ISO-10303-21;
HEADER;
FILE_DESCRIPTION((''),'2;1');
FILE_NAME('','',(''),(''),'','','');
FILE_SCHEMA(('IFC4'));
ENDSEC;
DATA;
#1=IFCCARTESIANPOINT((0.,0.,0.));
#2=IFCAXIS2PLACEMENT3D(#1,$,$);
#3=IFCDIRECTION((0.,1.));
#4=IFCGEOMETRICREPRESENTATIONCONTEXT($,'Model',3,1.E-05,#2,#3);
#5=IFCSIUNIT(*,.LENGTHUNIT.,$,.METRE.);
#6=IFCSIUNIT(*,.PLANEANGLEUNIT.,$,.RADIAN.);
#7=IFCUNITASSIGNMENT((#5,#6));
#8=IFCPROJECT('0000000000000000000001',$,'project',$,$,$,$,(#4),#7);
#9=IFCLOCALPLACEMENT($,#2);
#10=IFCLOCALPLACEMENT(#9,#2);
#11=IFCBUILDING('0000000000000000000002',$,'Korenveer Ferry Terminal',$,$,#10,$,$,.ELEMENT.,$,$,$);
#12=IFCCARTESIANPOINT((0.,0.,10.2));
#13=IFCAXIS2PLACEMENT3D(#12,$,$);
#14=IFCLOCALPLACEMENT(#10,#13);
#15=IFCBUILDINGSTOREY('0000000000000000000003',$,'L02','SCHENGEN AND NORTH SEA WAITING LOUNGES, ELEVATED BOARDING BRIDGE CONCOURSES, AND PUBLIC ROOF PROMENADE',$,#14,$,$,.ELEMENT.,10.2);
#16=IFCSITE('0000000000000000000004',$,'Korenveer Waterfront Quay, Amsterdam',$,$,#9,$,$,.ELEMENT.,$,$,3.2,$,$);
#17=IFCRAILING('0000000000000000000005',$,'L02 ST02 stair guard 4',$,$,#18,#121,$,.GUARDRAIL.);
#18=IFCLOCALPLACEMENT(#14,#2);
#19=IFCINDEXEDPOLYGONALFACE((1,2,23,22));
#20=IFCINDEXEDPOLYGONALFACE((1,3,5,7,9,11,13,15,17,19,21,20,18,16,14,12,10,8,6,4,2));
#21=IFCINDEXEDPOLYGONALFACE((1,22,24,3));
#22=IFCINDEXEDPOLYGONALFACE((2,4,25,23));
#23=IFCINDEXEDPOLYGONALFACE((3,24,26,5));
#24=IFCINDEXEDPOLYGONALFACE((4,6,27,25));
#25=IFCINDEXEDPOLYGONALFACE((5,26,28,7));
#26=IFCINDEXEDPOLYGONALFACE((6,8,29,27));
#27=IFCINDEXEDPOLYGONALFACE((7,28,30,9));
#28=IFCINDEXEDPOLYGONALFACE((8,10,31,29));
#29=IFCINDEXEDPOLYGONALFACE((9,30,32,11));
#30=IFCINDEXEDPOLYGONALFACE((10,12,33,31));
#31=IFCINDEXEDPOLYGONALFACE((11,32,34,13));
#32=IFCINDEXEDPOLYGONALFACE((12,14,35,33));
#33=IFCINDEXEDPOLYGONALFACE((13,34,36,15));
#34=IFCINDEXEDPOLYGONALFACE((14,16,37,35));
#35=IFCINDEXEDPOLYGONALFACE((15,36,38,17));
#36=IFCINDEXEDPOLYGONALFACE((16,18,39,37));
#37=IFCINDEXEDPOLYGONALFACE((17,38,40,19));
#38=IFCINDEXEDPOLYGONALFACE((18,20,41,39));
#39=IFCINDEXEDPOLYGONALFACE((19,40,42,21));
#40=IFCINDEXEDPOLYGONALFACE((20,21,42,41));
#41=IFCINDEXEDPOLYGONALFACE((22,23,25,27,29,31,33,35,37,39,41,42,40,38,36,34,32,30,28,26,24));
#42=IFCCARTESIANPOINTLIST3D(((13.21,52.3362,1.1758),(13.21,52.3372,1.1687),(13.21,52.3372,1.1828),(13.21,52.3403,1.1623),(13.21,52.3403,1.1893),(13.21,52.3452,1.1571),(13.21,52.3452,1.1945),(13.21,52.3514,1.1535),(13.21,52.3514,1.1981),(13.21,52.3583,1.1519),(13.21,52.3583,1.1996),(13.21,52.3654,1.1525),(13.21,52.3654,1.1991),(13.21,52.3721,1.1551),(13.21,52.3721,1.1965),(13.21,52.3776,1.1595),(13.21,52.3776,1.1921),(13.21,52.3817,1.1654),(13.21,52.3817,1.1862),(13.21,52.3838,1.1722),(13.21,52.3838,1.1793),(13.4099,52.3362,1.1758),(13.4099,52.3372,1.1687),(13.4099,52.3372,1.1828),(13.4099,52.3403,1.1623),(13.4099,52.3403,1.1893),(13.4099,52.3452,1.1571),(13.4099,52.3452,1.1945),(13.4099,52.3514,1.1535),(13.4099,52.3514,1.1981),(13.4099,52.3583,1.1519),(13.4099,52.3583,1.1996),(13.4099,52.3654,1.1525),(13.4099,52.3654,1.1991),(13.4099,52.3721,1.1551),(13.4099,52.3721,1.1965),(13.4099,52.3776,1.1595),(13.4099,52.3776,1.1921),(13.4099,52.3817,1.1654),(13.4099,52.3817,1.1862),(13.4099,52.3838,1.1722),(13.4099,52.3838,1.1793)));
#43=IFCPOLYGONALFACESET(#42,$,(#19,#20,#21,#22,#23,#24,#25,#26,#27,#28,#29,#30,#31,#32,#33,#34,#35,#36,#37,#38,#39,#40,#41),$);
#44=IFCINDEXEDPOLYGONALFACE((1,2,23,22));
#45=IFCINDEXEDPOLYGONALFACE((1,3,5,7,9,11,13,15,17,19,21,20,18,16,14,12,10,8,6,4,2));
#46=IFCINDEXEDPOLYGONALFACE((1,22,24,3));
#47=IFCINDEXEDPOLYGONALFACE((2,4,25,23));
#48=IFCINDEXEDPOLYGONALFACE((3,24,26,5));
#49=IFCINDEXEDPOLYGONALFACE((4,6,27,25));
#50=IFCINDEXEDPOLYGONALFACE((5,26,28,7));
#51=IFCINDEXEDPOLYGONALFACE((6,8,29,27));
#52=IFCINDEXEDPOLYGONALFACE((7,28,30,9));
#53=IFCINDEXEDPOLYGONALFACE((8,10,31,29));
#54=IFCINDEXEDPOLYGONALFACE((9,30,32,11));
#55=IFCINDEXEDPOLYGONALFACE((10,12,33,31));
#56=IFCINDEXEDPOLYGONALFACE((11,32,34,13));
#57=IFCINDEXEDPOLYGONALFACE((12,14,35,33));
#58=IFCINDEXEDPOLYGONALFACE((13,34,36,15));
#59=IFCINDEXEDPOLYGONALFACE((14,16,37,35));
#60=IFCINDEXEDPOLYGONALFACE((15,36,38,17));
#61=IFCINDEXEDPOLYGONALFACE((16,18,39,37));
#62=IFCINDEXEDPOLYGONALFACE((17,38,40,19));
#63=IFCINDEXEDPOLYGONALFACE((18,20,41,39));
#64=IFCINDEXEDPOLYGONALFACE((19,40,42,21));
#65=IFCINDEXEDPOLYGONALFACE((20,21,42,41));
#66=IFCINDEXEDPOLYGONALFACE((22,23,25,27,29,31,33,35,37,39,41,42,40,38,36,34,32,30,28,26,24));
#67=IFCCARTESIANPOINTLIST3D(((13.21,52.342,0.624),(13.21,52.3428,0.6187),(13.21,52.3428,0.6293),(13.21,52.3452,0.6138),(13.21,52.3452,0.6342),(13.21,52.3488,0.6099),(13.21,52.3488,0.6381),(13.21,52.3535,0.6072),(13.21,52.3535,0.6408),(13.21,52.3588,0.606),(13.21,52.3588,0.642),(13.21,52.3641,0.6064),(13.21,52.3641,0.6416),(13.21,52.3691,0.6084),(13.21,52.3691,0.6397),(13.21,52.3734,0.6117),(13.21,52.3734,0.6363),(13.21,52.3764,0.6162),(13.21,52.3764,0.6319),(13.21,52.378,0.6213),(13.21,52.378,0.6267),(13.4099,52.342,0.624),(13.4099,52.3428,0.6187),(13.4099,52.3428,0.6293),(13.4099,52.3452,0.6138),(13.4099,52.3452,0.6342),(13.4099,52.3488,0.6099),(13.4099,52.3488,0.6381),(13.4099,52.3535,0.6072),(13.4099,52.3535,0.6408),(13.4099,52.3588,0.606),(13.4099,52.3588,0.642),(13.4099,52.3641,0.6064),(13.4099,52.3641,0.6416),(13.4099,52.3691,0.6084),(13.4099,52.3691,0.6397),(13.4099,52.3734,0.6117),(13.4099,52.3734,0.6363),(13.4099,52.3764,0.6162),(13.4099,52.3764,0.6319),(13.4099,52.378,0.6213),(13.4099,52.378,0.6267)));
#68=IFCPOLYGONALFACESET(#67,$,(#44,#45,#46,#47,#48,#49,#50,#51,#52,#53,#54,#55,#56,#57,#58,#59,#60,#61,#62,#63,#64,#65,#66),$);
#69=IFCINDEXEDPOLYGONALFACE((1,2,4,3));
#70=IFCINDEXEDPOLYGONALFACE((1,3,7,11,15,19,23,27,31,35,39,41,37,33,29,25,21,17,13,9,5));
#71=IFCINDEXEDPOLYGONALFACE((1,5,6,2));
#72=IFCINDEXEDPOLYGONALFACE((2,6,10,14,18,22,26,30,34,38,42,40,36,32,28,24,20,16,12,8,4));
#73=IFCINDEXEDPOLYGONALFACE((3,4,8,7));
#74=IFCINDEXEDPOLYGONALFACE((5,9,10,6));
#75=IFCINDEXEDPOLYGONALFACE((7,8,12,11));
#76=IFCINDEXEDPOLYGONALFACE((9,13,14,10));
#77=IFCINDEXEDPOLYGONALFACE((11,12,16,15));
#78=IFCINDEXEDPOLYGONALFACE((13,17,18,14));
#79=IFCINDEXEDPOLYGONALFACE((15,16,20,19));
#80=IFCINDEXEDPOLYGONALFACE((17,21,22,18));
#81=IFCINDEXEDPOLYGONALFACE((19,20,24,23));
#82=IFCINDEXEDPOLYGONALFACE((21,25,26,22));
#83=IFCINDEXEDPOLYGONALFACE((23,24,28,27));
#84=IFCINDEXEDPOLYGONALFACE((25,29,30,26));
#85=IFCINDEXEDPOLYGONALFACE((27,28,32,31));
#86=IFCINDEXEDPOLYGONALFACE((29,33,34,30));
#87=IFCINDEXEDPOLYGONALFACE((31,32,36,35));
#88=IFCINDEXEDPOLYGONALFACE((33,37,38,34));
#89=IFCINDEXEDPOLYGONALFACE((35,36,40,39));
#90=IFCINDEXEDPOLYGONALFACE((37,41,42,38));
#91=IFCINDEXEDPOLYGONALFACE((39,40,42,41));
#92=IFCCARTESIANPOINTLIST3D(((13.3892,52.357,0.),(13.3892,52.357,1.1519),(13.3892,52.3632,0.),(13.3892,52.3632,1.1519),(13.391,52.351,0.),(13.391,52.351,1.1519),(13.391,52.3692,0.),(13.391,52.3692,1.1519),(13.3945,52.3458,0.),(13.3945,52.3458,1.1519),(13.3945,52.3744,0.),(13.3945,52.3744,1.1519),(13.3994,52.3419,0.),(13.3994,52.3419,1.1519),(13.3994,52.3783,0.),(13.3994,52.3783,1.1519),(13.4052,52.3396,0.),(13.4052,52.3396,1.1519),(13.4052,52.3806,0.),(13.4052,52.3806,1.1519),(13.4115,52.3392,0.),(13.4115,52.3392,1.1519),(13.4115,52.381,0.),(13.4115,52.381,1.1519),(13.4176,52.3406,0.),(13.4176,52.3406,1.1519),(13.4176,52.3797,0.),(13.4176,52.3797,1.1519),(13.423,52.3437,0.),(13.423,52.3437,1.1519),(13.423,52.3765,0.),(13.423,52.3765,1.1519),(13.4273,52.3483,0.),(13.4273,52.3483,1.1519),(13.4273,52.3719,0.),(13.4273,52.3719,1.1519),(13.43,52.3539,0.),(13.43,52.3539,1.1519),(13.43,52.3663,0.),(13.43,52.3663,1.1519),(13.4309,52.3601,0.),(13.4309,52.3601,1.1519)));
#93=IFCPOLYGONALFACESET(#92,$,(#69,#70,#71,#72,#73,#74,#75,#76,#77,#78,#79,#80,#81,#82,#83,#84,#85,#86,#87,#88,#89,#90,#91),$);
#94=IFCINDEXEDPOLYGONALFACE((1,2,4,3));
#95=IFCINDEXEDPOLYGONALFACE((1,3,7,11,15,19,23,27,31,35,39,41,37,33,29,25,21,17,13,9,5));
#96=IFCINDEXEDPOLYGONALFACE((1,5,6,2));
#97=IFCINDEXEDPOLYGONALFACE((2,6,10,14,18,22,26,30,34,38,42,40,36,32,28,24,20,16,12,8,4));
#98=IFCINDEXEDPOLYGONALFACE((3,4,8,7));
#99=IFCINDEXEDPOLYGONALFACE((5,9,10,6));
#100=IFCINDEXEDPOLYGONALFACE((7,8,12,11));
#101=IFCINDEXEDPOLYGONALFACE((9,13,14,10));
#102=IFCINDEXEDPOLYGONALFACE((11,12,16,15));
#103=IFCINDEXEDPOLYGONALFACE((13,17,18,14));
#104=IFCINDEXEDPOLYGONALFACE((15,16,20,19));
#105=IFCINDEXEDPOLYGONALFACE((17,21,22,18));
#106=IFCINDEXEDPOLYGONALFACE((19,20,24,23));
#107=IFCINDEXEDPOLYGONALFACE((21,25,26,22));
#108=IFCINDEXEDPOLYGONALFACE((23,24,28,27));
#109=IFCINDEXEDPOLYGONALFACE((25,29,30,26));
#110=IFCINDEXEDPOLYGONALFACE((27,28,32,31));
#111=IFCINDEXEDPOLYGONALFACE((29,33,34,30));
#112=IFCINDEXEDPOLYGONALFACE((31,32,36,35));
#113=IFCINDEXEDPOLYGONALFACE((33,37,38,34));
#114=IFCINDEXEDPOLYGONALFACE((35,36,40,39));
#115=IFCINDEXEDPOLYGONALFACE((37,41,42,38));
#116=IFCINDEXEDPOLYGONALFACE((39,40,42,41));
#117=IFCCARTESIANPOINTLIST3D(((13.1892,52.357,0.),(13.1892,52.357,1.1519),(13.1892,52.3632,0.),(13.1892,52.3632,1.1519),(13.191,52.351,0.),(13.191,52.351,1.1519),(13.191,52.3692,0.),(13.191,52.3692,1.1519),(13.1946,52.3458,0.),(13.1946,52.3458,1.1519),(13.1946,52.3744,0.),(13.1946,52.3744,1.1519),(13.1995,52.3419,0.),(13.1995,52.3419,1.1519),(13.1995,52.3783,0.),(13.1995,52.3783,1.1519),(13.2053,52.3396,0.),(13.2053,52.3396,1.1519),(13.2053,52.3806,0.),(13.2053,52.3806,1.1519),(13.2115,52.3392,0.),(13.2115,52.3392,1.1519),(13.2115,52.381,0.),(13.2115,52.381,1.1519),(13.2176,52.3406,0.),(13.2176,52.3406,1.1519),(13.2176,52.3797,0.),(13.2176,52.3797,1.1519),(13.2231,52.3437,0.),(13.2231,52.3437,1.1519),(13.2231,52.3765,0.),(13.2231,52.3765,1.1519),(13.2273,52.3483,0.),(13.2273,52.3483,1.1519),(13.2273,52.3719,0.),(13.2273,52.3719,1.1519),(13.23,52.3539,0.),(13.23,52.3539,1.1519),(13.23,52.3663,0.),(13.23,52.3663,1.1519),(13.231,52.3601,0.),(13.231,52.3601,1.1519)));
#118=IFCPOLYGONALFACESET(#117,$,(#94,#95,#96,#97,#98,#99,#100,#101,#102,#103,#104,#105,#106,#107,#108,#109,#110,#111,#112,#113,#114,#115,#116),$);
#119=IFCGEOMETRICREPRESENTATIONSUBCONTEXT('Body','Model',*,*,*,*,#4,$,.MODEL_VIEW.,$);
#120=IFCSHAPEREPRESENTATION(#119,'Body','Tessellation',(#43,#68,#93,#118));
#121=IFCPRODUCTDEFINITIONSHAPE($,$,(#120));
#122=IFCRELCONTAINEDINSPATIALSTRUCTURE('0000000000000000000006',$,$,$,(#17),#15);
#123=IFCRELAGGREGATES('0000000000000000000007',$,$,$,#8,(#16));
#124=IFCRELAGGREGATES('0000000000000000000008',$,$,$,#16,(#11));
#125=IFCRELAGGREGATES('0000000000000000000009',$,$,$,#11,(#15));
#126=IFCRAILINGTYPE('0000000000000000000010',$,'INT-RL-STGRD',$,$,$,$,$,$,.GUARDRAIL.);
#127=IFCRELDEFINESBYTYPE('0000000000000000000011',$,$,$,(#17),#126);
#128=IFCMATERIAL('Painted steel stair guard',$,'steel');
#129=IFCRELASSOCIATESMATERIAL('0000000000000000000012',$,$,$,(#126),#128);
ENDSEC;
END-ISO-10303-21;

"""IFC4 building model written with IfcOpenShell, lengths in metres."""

from ifc_helpers import new_model, si_unit, direction, frame, origin, origin_2d, place, context, subcontext, project, spatial, circle, extrude, material, type_object, element, save


model = new_model("IFC4")

# Units and contexts
model_context = context("Model", 3, precision=1e-05, world=origin(), true_north=direction((0.0, 1.0)))
body_context = subcontext(model_context, "Body", "Model", "MODEL_VIEW")
ifc_project = project(units=[si_unit("LENGTHUNIT", "METRE"), si_unit("PLANEANGLEUNIT", "RADIAN")], contexts=[model_context])

# Site, building, storey
site_placement = place(None, origin())
site = spatial("IfcSite", under=ifc_project, at=site_placement, Name="Korenveer Waterfront Quay, Amsterdam", CompositionType="ELEMENT", RefElevation=3.2)
building_placement = place(site_placement, origin())
building = spatial("IfcBuilding", under=site, at=building_placement, Name="Korenveer Ferry Terminal", CompositionType="ELEMENT")
storey_placement = place(building_placement, frame((0.0, 0.0, 10.2)))
storey = spatial("IfcBuildingStorey", under=building, at=storey_placement, Name="L02", Description="SCHENGEN AND NORTH SEA WAITING LOUNGES, ELEVATED BOARDING BRIDGE CONCOURSES, AND PUBLIC ROOF PROMENADE", CompositionType="ELEMENT", Elevation=10.2)

# Railing
ifc_material_1 = material(Name="Painted steel stair guard", Category="steel")
railing_type_1 = type_object("IfcRailingType", Name="INT-RL-STGRD", PredefinedType="GUARDRAIL", material=ifc_material_1)
railing_1_placement = place(storey_placement, frame((13.4099, 52.3601, 0.0)))
element("IfcRailing", 1, at=railing_1_placement, inside=storey, type_object=railing_type_1, Name="L02 ST02 stair guard 4", PredefinedType="GUARDRAIL", context=body_context, shape_type="SweptSolid", body=[
    extrude(circle(Radius=0.0239, at=origin_2d()), frame((0.0, 0.0, 1.1758), z_axis=(-1.0, 0.0, 0.0), x_axis=(0.0, -1.0, 0.0)), (0.0, 0.0, 1.0), 0.2),
    extrude(circle(Radius=0.0181, at=origin_2d()), frame((0.0, 0.0, 0.624), z_axis=(-1.0, 0.0, 0.0), x_axis=(0.0, -1.0, 0.0)), (0.0, 0.0, 1.0), 0.2),
    extrude(circle(Radius=0.021, at=origin_2d()), origin(), (0.0, 0.0, 1.0), 1.1519),
    extrude(circle(Radius=0.021, at=origin_2d()), frame((-0.2, 0.0, 0.0)), (0.0, 0.0, 1.0), 1.1519),
])

save(model, "model.ifc")
